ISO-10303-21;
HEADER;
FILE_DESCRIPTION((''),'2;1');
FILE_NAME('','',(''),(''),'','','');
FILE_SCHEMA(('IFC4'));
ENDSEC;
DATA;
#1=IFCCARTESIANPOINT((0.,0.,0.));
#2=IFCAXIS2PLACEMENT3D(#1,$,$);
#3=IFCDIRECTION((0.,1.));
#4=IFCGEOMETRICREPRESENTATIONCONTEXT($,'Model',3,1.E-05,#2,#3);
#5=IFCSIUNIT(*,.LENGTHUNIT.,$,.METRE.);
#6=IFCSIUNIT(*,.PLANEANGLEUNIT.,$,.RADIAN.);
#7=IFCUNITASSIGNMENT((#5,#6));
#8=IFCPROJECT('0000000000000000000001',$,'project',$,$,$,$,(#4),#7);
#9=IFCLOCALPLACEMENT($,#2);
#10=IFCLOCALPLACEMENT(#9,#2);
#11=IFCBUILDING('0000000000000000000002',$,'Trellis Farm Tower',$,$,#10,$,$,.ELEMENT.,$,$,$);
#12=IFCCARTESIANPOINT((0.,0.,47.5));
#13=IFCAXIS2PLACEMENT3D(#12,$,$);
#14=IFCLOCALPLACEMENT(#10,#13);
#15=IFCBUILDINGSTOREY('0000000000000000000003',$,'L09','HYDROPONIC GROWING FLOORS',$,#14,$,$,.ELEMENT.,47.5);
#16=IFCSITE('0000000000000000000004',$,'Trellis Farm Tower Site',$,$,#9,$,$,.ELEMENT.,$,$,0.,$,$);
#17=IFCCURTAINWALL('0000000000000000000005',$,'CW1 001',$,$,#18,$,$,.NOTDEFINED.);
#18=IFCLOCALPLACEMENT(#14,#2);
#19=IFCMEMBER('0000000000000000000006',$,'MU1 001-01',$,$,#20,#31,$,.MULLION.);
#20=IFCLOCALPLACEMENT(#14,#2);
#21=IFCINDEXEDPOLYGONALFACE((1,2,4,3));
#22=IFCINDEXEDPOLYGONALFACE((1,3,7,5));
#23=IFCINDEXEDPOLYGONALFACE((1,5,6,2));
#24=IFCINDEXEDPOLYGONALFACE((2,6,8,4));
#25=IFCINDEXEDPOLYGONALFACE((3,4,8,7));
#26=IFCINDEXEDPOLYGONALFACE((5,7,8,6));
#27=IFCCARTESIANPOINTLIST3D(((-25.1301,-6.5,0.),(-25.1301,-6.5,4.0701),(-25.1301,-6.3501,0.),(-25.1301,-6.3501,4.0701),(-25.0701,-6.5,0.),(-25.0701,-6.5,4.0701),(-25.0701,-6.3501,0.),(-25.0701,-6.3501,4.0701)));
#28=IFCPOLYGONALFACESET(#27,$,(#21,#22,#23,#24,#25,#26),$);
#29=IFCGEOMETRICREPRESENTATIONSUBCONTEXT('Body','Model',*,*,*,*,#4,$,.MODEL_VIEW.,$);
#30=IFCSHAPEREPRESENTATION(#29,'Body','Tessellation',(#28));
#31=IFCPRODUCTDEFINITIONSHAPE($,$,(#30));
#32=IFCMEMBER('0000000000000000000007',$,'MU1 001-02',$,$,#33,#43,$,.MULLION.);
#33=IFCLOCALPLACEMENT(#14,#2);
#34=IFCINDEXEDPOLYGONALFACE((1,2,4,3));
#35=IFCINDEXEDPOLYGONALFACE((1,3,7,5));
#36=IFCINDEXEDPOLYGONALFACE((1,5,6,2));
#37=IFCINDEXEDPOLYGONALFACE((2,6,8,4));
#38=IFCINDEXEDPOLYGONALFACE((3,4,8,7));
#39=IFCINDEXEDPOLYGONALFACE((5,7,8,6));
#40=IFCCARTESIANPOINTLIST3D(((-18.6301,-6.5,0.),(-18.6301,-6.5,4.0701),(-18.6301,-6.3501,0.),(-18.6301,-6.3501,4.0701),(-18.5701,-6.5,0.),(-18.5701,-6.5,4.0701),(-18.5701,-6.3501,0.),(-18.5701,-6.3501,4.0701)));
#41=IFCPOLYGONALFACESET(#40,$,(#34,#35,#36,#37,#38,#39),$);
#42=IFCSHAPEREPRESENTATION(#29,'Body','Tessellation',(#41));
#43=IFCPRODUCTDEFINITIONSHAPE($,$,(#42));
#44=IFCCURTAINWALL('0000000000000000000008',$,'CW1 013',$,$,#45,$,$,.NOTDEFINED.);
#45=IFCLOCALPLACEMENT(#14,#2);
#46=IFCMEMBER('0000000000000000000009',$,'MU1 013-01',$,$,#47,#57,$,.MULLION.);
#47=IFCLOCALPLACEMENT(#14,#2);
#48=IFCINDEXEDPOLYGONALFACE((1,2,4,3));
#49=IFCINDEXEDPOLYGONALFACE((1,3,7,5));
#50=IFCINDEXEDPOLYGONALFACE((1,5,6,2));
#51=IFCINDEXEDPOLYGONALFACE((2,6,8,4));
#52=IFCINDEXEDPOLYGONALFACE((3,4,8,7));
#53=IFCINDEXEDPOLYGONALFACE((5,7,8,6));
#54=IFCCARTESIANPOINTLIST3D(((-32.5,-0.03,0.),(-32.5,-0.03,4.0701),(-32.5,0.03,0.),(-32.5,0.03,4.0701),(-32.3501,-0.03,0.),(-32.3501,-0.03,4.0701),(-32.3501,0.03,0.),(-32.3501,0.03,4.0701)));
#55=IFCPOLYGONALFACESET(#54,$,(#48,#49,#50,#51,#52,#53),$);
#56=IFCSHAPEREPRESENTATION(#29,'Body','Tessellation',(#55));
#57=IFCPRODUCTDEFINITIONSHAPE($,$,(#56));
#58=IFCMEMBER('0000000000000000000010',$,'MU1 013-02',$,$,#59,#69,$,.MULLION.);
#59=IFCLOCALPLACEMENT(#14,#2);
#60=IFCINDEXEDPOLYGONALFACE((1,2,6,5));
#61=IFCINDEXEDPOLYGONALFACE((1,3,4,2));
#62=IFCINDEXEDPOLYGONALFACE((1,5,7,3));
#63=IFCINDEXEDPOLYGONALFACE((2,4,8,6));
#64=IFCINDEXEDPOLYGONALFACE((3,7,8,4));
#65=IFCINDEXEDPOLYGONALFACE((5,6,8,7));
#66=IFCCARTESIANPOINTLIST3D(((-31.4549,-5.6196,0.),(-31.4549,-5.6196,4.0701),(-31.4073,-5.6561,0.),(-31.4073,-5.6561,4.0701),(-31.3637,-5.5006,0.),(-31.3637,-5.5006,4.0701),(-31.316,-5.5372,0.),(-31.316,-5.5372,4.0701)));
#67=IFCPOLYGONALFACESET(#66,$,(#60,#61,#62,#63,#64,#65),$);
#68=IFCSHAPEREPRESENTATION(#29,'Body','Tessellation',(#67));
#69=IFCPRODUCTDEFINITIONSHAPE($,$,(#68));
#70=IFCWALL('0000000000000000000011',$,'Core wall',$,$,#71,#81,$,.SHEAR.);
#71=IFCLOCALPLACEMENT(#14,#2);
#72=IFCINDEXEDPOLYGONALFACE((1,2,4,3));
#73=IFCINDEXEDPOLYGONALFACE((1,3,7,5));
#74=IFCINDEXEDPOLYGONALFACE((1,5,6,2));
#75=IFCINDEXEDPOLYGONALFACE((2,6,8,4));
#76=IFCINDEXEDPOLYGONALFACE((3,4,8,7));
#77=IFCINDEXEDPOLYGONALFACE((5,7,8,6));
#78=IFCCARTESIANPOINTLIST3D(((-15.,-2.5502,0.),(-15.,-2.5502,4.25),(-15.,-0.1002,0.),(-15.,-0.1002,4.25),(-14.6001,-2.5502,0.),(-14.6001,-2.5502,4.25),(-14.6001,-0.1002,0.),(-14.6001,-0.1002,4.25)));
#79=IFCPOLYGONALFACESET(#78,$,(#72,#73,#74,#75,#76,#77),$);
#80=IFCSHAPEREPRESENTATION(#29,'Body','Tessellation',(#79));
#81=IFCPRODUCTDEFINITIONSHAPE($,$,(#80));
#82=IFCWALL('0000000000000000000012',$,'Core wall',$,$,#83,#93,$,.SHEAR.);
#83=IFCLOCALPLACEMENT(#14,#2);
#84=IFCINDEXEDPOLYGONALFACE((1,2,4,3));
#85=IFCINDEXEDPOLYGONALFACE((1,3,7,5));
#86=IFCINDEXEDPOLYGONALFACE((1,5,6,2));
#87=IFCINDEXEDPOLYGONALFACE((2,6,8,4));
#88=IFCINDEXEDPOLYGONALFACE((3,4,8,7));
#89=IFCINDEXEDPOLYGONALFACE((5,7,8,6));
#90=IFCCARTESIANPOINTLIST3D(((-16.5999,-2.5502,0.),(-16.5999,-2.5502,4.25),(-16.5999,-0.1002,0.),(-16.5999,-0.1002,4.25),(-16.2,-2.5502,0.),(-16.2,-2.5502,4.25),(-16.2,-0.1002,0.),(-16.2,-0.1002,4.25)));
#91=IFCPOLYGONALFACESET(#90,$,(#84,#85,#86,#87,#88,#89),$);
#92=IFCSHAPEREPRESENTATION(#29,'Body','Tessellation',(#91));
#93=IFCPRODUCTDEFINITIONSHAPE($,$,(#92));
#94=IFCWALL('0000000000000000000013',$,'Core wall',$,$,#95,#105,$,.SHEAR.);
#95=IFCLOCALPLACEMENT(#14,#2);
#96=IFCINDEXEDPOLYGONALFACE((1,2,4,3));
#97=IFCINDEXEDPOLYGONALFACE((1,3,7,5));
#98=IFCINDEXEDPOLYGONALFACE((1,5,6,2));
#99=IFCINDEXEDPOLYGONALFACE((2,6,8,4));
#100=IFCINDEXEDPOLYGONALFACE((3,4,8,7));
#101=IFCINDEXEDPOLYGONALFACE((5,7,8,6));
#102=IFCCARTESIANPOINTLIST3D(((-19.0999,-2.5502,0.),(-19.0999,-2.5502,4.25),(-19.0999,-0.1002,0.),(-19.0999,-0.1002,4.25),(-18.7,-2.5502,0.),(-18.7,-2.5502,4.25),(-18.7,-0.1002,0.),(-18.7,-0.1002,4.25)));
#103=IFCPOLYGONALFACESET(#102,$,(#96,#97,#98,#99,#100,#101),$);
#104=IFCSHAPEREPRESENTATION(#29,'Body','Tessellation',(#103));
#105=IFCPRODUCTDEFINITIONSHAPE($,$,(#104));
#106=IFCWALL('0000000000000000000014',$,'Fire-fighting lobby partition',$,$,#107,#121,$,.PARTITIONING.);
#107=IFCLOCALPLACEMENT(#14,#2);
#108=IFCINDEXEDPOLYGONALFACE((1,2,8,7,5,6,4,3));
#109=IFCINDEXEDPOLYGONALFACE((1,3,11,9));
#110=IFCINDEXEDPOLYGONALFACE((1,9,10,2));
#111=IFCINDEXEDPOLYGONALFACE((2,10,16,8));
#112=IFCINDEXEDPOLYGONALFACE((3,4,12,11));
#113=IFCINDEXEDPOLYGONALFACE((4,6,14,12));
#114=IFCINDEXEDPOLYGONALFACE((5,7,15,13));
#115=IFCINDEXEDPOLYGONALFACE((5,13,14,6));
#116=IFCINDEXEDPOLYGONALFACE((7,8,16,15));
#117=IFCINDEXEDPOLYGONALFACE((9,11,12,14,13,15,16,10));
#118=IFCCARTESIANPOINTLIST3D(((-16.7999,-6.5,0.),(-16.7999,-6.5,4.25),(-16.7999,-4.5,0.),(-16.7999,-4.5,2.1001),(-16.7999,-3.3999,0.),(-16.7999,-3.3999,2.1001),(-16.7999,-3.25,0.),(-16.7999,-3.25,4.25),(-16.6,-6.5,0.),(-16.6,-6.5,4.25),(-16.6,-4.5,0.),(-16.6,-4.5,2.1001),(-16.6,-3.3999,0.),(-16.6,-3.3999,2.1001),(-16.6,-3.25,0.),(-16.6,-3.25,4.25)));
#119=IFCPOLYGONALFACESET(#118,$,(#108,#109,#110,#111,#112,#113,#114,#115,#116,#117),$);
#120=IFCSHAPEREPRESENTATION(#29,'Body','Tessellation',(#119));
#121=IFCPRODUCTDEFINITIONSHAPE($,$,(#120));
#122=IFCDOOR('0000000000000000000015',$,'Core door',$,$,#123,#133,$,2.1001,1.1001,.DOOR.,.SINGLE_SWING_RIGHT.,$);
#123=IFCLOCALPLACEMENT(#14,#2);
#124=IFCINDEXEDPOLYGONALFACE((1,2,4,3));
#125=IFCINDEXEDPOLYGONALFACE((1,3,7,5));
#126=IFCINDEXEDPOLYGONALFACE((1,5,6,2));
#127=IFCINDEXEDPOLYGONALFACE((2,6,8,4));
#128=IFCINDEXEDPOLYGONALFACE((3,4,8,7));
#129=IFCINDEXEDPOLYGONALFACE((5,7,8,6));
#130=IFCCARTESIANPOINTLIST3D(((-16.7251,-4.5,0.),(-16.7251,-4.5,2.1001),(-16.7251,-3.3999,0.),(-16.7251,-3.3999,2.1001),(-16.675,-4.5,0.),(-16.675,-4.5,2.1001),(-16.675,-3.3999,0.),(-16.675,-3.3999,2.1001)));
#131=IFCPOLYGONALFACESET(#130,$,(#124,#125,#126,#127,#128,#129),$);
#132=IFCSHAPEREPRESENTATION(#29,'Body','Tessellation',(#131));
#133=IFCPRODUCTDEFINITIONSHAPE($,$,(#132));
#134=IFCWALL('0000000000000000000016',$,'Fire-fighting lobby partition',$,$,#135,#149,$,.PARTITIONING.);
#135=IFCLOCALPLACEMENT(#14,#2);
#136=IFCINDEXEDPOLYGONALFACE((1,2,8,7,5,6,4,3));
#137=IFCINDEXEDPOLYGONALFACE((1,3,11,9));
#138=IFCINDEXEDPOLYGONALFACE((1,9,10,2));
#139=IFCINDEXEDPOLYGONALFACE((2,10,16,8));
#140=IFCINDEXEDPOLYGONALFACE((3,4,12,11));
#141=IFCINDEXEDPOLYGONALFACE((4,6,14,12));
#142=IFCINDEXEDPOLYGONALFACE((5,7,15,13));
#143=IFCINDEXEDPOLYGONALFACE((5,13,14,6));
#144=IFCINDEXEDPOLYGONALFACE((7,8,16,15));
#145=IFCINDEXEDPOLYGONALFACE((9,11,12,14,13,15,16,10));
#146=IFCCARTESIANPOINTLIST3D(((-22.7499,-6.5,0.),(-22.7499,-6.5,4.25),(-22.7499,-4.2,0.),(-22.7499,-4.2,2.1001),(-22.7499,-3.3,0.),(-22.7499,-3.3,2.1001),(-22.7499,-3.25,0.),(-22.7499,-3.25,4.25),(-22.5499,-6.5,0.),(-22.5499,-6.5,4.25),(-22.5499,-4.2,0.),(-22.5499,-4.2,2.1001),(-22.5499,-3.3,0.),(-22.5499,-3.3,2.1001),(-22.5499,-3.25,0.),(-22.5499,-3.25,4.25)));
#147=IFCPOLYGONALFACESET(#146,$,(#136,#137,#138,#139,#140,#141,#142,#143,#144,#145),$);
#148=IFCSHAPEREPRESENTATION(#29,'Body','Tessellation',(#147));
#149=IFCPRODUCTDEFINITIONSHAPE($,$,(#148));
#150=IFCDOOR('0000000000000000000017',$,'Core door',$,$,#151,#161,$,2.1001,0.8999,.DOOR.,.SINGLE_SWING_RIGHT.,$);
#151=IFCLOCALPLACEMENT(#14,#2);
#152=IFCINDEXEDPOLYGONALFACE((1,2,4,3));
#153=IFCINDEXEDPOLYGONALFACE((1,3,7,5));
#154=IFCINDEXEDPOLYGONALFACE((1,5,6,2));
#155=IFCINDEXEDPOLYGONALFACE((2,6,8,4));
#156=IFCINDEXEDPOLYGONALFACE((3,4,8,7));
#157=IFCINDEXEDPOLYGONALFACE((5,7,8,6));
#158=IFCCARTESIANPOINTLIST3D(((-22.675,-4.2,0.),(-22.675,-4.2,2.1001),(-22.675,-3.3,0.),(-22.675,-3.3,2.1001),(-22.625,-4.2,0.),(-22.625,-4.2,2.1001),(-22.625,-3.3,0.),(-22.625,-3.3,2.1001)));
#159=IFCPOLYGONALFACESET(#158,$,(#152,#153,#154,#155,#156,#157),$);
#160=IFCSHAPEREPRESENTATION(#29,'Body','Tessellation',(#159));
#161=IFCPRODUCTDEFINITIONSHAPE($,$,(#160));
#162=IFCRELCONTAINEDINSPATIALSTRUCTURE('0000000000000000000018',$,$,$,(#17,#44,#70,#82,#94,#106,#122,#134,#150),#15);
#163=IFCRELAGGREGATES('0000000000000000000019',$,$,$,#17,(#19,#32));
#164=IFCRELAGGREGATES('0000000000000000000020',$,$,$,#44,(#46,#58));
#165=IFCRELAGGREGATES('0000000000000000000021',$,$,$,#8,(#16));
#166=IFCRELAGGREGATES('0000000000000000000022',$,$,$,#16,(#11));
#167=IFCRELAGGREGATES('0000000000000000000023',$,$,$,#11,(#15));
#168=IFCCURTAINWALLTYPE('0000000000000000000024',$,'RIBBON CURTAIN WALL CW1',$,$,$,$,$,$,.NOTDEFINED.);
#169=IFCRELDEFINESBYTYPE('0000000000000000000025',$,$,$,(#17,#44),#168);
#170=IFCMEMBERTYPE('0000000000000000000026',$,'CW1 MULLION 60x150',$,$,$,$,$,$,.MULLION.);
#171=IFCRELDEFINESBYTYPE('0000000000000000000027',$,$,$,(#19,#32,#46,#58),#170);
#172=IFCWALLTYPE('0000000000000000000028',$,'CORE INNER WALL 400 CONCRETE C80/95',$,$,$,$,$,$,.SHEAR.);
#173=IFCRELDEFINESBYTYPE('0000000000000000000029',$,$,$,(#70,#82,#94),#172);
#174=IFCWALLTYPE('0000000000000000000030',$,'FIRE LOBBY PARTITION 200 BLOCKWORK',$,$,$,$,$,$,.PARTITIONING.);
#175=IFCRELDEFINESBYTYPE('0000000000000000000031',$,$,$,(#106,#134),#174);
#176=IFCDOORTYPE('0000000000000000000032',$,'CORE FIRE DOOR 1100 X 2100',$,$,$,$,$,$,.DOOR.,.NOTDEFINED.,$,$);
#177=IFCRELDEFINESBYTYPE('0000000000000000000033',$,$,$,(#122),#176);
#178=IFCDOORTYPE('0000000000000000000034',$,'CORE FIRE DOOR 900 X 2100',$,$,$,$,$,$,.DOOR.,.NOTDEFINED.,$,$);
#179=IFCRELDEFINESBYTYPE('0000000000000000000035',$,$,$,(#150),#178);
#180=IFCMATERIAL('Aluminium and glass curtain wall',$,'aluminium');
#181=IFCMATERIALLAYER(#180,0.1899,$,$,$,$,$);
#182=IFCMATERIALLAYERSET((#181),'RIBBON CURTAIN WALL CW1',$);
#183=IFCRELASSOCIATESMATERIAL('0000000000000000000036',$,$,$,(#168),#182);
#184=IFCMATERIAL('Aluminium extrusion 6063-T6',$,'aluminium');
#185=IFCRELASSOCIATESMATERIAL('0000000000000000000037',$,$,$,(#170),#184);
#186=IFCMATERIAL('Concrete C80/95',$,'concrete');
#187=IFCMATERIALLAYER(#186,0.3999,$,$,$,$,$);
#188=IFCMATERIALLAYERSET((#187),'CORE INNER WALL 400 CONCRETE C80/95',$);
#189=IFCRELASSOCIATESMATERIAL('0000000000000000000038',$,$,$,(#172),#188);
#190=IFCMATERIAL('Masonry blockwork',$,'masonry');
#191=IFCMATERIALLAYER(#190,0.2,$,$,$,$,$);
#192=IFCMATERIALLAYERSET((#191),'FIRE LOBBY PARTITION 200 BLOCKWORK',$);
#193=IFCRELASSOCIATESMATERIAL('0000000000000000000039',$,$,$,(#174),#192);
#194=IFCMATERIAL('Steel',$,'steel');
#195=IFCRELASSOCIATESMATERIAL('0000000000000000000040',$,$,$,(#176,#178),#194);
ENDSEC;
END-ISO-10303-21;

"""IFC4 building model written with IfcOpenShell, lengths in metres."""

from ifc_helpers import new_model, si_unit, direction, frame, frame_2d, origin, origin_2d, place, context, subcontext, project, spatial, rectangle, extrude, source, transform, mapped, material, layer, layer_set, material_profile, profile_set, type_object, element, fill, aggregate, save


model = new_model("IFC4")

# Units and contexts
model_context = context("Model", 3, precision=1e-05, world=origin(), true_north=direction((0.0, 1.0)))
body_context = subcontext(model_context, "Body", "Model", "MODEL_VIEW")
ifc_project = project(units=[si_unit("LENGTHUNIT", "METRE"), si_unit("PLANEANGLEUNIT", "RADIAN")], contexts=[model_context])

# Site, building, storey
site_placement = place(None, origin())
site = spatial("IfcSite", under=ifc_project, at=site_placement, Name="Trellis Farm Tower Site", CompositionType="ELEMENT", RefElevation=0.0)
building_placement = place(site_placement, origin())
building = spatial("IfcBuilding", under=site, at=building_placement, Name="Trellis Farm Tower", CompositionType="ELEMENT")
storey_placement = place(building_placement, frame((0.0, 0.0, 47.5)))
storey = spatial("IfcBuildingStorey", under=building, at=storey_placement, Name="L09", Description="HYDROPONIC GROWING FLOORS", CompositionType="ELEMENT", Elevation=47.5)

# Shared definitions
ifc_material_1 = material(Name="Concrete C80/95", Category="concrete")

# Curtain walls, members
ifc_material_2 = material(Name="Aluminium and glass curtain wall", Category="aluminium")
ifc_layer_1 = layer(ifc_material_2, 0.1899)
ifc_layer_set_1 = layer_set([ifc_layer_1], Name="RIBBON CURTAIN WALL CW1")
curtain_wall_type = type_object("IfcCurtainWallType", Name="RIBBON CURTAIN WALL CW1", PredefinedType="NOTDEFINED", material=ifc_layer_set_1)
placement = place(storey_placement, origin())
curtain_wall_1 = element("IfcCurtainWall", 1, at=placement, inside=storey, type_object=curtain_wall_type, Name="CW1 001", PredefinedType="NOTDEFINED")
ifc_material_3 = material(Name="Aluminium extrusion 6063-T6", Category="aluminium")
ifc_material_profile_1 = material_profile(ifc_material_3, rectangle(XDim=0.0601, YDim=0.1499, at=origin_2d()), Name="MULLION 60x150")
ifc_profile_set_1 = profile_set([ifc_material_profile_1], Name="Aluminium extrusion 6063-T6")
member_type = type_object("IfcMemberType", Name="CW1 MULLION 60x150", PredefinedType="MULLION", material=ifc_profile_set_1)
shared_shape_1 = source(origin(), body_context, "Body", "SweptSolid", [
    extrude(rectangle(XDim=0.0601, YDim=0.1499, at=origin_2d()), origin(), (0.0, 0.0, 1.0), 4.0701),
])
member_1_placement = place(storey_placement, frame((-25.1001, -6.425, 0.0), z_axis=(0.0, 0.0, 1.0), x_axis=(1.0, 0.0, 0.0)))
member_1 = element("IfcMember", 2, at=member_1_placement, type_object=member_type, Name="MU1 001-01", PredefinedType="MULLION", context=body_context, shape_type="MappedRepresentation", body=[
    mapped(shared_shape_1, transform((0.0, 0.0, 0.0))),
])
member_2_placement = place(storey_placement, frame((-18.6001, -6.425, 0.0), z_axis=(0.0, 0.0, 1.0), x_axis=(1.0, 0.0, 0.0)))
member_2 = element("IfcMember", 3, at=member_2_placement, type_object=member_type, Name="MU1 001-02", PredefinedType="MULLION", context=body_context, shape_type="MappedRepresentation", body=[
    mapped(shared_shape_1, transform((0.0, 0.0, 0.0))),
])
aggregate(curtain_wall_1, [member_1, member_2])
curtain_wall_2 = element("IfcCurtainWall", 4, at=placement, inside=storey, type_object=curtain_wall_type, Name="CW1 013", PredefinedType="NOTDEFINED")
member_3_placement = place(storey_placement, frame((-32.425, 0.0, 0.0), z_axis=(0.0, 0.0, 1.0), x_axis=(0.0, -1.0, 0.0)))
member_3 = element("IfcMember", 5, at=member_3_placement, type_object=member_type, Name="MU1 013-01", PredefinedType="MULLION", context=body_context, shape_type="MappedRepresentation", body=[
    mapped(shared_shape_1, transform((0.0, 0.0, 0.0))),
])
member_4_placement = place(storey_placement, frame((-31.3855, -5.5784, 0.0), z_axis=(0.0, 0.0, 1.0), x_axis=(0.793353, -0.608761, 0.0)))
member_4 = element("IfcMember", 6, at=member_4_placement, type_object=member_type, Name="MU1 013-02", PredefinedType="MULLION", context=body_context, shape_type="MappedRepresentation", body=[
    mapped(shared_shape_1, transform((0.0, 0.0, 0.0))),
])
aggregate(curtain_wall_2, [member_3, member_4])

# Walls
ifc_layer_2 = layer(ifc_material_1, 0.3999)
ifc_layer_set_2 = layer_set([ifc_layer_2], Name="CORE INNER WALL 400 CONCRETE C80/95")
wall_type_1 = type_object("IfcWallType", Name="CORE INNER WALL 400 CONCRETE C80/95", PredefinedType="SHEAR", material=ifc_layer_set_2)
shared_shape_2 = source(origin(), body_context, "Body", "SweptSolid", [
    extrude(rectangle(XDim=2.45, YDim=0.3999, at=frame_2d((1.2251, 0.0))), origin(), (0.0, 0.0, 1.0), 4.25),
])
for number, where, z_axis, x_axis, name in (
    (7, (-14.8, -0.1001, 0.0), (0.0, 0.0, 1.0), (0.0, -1.0, 0.0), "Core wall"),
    (8, (-16.3999, -0.1001, 0.0), (0.0, 0.0, 1.0), (0.0, -1.0, 0.0), "Core wall"),
    (9, (-18.8999, -0.1001, 0.0), (0.0, 0.0, 1.0), (0.0, -1.0, 0.0), "Core wall"),
):
    element("IfcWall", number, at=place(storey_placement, frame(where, z_axis=z_axis, x_axis=x_axis)), inside=storey, type_object=wall_type_1, Name=name, PredefinedType="SHEAR", context=body_context, shape_type="MappedRepresentation", body=[
        mapped(shared_shape_2, transform((0.0, 0.0, 0.0))),
    ])

# Walls, openings, doors
ifc_material_4 = material(Name="Masonry blockwork", Category="masonry")
ifc_layer_3 = layer(ifc_material_4, 0.2)
ifc_layer_set_3 = layer_set([ifc_layer_3], Name="FIRE LOBBY PARTITION 200 BLOCKWORK")
wall_type_2 = type_object("IfcWallType", Name="FIRE LOBBY PARTITION 200 BLOCKWORK", PredefinedType="PARTITIONING", material=ifc_layer_set_3)
shared_shape_3 = source(origin(), body_context, "Body", "SweptSolid", [
    extrude(rectangle(XDim=3.25, YDim=0.2, at=frame_2d((1.625, 0.0))), origin(), (0.0, 0.0, 1.0), 4.25),
])
wall_1_placement = place(storey_placement, frame((-16.7, -3.25, 0.0), z_axis=(0.0, 0.0, 1.0), x_axis=(0.0, -1.0, 0.0)))
wall_1 = element("IfcWall", 10, at=wall_1_placement, inside=storey, type_object=wall_type_2, Name="Fire-fighting lobby partition", PredefinedType="PARTITIONING", context=body_context, shape_type="MappedRepresentation", body=[
    mapped(shared_shape_3, transform((0.0, 0.0, 0.0))),
])
shared_shape_4 = source(origin(), body_context, "Body", "SweptSolid", [
    extrude(rectangle(XDim=1.1001, YDim=2.1001, at=frame_2d((0.55, 1.05))), frame((0.0, 0.1101, 0.0), z_axis=(0.0, -1.0, 0.0), x_axis=(1.0, 0.0, 0.0)), (0.0, 0.0, 1.0), 0.2202),
])
opening_1_placement = place(wall_1_placement, frame((0.1499, 0.0, 0.0)))
opening_1 = element("IfcOpeningElement", 11, at=opening_1_placement, cuts=wall_1, PredefinedType="OPENING", context=body_context, shape_type="MappedRepresentation", body=[
    mapped(shared_shape_4, transform((0.0, 0.0, 0.0))),
])
ifc_material_5 = material(Name="Steel", Category="steel")
door_type_1 = type_object("IfcDoorType", Name="CORE FIRE DOOR 1100 X 2100", OperationType="NOTDEFINED", PredefinedType="DOOR", material=ifc_material_5)
shared_shape_5 = source(origin(), body_context, "Body", "SweptSolid", [
    extrude(rectangle(XDim=1.1001, YDim=2.1001, at=frame_2d((0.55, 1.05))), frame((0.0, 0.0249, 0.0), z_axis=(0.0, -1.0, 0.0), x_axis=(1.0, 0.0, 0.0)), (0.0, 0.0, 1.0), 0.05),
])
door_1_placement = place(opening_1_placement, origin())
door_1 = element("IfcDoor", 12, at=door_1_placement, inside=storey, type_object=door_type_1, Name="Core door", OperationType="SINGLE_SWING_RIGHT", OverallHeight=2.1001, OverallWidth=1.1001, PredefinedType="DOOR", context=body_context, shape_type="MappedRepresentation", body=[
    mapped(shared_shape_5, transform((0.0, 0.0, 0.0))),
])
fill(opening_1, door_1)
wall_2_placement = place(storey_placement, frame((-22.6499, -3.25, 0.0), z_axis=(0.0, 0.0, 1.0), x_axis=(0.0, -1.0, 0.0)))
wall_2 = element("IfcWall", 13, at=wall_2_placement, inside=storey, type_object=wall_type_2, Name="Fire-fighting lobby partition", PredefinedType="PARTITIONING", context=body_context, shape_type="MappedRepresentation", body=[
    mapped(shared_shape_3, transform((0.0, 0.0, 0.0))),
])
shared_shape_6 = source(origin(), body_context, "Body", "SweptSolid", [
    extrude(rectangle(XDim=0.8999, YDim=2.1001, at=frame_2d((0.45, 1.05))), frame((0.0, 0.1101, 0.0), z_axis=(0.0, -1.0, 0.0), x_axis=(1.0, 0.0, 0.0)), (0.0, 0.0, 1.0), 0.2202),
])
opening_2_placement = place(wall_2_placement, frame((0.05, 0.0, 0.0)))
opening_2 = element("IfcOpeningElement", 14, at=opening_2_placement, cuts=wall_2, PredefinedType="OPENING", context=body_context, shape_type="MappedRepresentation", body=[
    mapped(shared_shape_6, transform((0.0, 0.0, 0.0))),
])
door_type_2 = type_object("IfcDoorType", Name="CORE FIRE DOOR 900 X 2100", OperationType="NOTDEFINED", PredefinedType="DOOR", material=ifc_material_5)
shared_shape_7 = source(origin(), body_context, "Body", "SweptSolid", [
    extrude(rectangle(XDim=0.8999, YDim=2.1001, at=frame_2d((0.45, 1.05))), frame((0.0, 0.0249, 0.0), z_axis=(0.0, -1.0, 0.0), x_axis=(1.0, 0.0, 0.0)), (0.0, 0.0, 1.0), 0.05),
])
door_2_placement = place(opening_2_placement, origin())
door_2 = element("IfcDoor", 15, at=door_2_placement, inside=storey, type_object=door_type_2, Name="Core door", OperationType="SINGLE_SWING_RIGHT", OverallHeight=2.1001, OverallWidth=0.8999, PredefinedType="DOOR", context=body_context, shape_type="MappedRepresentation", body=[
    mapped(shared_shape_7, transform((0.0, 0.0, 0.0))),
])
fill(opening_2, door_2)

save(model, "model.ifc")
